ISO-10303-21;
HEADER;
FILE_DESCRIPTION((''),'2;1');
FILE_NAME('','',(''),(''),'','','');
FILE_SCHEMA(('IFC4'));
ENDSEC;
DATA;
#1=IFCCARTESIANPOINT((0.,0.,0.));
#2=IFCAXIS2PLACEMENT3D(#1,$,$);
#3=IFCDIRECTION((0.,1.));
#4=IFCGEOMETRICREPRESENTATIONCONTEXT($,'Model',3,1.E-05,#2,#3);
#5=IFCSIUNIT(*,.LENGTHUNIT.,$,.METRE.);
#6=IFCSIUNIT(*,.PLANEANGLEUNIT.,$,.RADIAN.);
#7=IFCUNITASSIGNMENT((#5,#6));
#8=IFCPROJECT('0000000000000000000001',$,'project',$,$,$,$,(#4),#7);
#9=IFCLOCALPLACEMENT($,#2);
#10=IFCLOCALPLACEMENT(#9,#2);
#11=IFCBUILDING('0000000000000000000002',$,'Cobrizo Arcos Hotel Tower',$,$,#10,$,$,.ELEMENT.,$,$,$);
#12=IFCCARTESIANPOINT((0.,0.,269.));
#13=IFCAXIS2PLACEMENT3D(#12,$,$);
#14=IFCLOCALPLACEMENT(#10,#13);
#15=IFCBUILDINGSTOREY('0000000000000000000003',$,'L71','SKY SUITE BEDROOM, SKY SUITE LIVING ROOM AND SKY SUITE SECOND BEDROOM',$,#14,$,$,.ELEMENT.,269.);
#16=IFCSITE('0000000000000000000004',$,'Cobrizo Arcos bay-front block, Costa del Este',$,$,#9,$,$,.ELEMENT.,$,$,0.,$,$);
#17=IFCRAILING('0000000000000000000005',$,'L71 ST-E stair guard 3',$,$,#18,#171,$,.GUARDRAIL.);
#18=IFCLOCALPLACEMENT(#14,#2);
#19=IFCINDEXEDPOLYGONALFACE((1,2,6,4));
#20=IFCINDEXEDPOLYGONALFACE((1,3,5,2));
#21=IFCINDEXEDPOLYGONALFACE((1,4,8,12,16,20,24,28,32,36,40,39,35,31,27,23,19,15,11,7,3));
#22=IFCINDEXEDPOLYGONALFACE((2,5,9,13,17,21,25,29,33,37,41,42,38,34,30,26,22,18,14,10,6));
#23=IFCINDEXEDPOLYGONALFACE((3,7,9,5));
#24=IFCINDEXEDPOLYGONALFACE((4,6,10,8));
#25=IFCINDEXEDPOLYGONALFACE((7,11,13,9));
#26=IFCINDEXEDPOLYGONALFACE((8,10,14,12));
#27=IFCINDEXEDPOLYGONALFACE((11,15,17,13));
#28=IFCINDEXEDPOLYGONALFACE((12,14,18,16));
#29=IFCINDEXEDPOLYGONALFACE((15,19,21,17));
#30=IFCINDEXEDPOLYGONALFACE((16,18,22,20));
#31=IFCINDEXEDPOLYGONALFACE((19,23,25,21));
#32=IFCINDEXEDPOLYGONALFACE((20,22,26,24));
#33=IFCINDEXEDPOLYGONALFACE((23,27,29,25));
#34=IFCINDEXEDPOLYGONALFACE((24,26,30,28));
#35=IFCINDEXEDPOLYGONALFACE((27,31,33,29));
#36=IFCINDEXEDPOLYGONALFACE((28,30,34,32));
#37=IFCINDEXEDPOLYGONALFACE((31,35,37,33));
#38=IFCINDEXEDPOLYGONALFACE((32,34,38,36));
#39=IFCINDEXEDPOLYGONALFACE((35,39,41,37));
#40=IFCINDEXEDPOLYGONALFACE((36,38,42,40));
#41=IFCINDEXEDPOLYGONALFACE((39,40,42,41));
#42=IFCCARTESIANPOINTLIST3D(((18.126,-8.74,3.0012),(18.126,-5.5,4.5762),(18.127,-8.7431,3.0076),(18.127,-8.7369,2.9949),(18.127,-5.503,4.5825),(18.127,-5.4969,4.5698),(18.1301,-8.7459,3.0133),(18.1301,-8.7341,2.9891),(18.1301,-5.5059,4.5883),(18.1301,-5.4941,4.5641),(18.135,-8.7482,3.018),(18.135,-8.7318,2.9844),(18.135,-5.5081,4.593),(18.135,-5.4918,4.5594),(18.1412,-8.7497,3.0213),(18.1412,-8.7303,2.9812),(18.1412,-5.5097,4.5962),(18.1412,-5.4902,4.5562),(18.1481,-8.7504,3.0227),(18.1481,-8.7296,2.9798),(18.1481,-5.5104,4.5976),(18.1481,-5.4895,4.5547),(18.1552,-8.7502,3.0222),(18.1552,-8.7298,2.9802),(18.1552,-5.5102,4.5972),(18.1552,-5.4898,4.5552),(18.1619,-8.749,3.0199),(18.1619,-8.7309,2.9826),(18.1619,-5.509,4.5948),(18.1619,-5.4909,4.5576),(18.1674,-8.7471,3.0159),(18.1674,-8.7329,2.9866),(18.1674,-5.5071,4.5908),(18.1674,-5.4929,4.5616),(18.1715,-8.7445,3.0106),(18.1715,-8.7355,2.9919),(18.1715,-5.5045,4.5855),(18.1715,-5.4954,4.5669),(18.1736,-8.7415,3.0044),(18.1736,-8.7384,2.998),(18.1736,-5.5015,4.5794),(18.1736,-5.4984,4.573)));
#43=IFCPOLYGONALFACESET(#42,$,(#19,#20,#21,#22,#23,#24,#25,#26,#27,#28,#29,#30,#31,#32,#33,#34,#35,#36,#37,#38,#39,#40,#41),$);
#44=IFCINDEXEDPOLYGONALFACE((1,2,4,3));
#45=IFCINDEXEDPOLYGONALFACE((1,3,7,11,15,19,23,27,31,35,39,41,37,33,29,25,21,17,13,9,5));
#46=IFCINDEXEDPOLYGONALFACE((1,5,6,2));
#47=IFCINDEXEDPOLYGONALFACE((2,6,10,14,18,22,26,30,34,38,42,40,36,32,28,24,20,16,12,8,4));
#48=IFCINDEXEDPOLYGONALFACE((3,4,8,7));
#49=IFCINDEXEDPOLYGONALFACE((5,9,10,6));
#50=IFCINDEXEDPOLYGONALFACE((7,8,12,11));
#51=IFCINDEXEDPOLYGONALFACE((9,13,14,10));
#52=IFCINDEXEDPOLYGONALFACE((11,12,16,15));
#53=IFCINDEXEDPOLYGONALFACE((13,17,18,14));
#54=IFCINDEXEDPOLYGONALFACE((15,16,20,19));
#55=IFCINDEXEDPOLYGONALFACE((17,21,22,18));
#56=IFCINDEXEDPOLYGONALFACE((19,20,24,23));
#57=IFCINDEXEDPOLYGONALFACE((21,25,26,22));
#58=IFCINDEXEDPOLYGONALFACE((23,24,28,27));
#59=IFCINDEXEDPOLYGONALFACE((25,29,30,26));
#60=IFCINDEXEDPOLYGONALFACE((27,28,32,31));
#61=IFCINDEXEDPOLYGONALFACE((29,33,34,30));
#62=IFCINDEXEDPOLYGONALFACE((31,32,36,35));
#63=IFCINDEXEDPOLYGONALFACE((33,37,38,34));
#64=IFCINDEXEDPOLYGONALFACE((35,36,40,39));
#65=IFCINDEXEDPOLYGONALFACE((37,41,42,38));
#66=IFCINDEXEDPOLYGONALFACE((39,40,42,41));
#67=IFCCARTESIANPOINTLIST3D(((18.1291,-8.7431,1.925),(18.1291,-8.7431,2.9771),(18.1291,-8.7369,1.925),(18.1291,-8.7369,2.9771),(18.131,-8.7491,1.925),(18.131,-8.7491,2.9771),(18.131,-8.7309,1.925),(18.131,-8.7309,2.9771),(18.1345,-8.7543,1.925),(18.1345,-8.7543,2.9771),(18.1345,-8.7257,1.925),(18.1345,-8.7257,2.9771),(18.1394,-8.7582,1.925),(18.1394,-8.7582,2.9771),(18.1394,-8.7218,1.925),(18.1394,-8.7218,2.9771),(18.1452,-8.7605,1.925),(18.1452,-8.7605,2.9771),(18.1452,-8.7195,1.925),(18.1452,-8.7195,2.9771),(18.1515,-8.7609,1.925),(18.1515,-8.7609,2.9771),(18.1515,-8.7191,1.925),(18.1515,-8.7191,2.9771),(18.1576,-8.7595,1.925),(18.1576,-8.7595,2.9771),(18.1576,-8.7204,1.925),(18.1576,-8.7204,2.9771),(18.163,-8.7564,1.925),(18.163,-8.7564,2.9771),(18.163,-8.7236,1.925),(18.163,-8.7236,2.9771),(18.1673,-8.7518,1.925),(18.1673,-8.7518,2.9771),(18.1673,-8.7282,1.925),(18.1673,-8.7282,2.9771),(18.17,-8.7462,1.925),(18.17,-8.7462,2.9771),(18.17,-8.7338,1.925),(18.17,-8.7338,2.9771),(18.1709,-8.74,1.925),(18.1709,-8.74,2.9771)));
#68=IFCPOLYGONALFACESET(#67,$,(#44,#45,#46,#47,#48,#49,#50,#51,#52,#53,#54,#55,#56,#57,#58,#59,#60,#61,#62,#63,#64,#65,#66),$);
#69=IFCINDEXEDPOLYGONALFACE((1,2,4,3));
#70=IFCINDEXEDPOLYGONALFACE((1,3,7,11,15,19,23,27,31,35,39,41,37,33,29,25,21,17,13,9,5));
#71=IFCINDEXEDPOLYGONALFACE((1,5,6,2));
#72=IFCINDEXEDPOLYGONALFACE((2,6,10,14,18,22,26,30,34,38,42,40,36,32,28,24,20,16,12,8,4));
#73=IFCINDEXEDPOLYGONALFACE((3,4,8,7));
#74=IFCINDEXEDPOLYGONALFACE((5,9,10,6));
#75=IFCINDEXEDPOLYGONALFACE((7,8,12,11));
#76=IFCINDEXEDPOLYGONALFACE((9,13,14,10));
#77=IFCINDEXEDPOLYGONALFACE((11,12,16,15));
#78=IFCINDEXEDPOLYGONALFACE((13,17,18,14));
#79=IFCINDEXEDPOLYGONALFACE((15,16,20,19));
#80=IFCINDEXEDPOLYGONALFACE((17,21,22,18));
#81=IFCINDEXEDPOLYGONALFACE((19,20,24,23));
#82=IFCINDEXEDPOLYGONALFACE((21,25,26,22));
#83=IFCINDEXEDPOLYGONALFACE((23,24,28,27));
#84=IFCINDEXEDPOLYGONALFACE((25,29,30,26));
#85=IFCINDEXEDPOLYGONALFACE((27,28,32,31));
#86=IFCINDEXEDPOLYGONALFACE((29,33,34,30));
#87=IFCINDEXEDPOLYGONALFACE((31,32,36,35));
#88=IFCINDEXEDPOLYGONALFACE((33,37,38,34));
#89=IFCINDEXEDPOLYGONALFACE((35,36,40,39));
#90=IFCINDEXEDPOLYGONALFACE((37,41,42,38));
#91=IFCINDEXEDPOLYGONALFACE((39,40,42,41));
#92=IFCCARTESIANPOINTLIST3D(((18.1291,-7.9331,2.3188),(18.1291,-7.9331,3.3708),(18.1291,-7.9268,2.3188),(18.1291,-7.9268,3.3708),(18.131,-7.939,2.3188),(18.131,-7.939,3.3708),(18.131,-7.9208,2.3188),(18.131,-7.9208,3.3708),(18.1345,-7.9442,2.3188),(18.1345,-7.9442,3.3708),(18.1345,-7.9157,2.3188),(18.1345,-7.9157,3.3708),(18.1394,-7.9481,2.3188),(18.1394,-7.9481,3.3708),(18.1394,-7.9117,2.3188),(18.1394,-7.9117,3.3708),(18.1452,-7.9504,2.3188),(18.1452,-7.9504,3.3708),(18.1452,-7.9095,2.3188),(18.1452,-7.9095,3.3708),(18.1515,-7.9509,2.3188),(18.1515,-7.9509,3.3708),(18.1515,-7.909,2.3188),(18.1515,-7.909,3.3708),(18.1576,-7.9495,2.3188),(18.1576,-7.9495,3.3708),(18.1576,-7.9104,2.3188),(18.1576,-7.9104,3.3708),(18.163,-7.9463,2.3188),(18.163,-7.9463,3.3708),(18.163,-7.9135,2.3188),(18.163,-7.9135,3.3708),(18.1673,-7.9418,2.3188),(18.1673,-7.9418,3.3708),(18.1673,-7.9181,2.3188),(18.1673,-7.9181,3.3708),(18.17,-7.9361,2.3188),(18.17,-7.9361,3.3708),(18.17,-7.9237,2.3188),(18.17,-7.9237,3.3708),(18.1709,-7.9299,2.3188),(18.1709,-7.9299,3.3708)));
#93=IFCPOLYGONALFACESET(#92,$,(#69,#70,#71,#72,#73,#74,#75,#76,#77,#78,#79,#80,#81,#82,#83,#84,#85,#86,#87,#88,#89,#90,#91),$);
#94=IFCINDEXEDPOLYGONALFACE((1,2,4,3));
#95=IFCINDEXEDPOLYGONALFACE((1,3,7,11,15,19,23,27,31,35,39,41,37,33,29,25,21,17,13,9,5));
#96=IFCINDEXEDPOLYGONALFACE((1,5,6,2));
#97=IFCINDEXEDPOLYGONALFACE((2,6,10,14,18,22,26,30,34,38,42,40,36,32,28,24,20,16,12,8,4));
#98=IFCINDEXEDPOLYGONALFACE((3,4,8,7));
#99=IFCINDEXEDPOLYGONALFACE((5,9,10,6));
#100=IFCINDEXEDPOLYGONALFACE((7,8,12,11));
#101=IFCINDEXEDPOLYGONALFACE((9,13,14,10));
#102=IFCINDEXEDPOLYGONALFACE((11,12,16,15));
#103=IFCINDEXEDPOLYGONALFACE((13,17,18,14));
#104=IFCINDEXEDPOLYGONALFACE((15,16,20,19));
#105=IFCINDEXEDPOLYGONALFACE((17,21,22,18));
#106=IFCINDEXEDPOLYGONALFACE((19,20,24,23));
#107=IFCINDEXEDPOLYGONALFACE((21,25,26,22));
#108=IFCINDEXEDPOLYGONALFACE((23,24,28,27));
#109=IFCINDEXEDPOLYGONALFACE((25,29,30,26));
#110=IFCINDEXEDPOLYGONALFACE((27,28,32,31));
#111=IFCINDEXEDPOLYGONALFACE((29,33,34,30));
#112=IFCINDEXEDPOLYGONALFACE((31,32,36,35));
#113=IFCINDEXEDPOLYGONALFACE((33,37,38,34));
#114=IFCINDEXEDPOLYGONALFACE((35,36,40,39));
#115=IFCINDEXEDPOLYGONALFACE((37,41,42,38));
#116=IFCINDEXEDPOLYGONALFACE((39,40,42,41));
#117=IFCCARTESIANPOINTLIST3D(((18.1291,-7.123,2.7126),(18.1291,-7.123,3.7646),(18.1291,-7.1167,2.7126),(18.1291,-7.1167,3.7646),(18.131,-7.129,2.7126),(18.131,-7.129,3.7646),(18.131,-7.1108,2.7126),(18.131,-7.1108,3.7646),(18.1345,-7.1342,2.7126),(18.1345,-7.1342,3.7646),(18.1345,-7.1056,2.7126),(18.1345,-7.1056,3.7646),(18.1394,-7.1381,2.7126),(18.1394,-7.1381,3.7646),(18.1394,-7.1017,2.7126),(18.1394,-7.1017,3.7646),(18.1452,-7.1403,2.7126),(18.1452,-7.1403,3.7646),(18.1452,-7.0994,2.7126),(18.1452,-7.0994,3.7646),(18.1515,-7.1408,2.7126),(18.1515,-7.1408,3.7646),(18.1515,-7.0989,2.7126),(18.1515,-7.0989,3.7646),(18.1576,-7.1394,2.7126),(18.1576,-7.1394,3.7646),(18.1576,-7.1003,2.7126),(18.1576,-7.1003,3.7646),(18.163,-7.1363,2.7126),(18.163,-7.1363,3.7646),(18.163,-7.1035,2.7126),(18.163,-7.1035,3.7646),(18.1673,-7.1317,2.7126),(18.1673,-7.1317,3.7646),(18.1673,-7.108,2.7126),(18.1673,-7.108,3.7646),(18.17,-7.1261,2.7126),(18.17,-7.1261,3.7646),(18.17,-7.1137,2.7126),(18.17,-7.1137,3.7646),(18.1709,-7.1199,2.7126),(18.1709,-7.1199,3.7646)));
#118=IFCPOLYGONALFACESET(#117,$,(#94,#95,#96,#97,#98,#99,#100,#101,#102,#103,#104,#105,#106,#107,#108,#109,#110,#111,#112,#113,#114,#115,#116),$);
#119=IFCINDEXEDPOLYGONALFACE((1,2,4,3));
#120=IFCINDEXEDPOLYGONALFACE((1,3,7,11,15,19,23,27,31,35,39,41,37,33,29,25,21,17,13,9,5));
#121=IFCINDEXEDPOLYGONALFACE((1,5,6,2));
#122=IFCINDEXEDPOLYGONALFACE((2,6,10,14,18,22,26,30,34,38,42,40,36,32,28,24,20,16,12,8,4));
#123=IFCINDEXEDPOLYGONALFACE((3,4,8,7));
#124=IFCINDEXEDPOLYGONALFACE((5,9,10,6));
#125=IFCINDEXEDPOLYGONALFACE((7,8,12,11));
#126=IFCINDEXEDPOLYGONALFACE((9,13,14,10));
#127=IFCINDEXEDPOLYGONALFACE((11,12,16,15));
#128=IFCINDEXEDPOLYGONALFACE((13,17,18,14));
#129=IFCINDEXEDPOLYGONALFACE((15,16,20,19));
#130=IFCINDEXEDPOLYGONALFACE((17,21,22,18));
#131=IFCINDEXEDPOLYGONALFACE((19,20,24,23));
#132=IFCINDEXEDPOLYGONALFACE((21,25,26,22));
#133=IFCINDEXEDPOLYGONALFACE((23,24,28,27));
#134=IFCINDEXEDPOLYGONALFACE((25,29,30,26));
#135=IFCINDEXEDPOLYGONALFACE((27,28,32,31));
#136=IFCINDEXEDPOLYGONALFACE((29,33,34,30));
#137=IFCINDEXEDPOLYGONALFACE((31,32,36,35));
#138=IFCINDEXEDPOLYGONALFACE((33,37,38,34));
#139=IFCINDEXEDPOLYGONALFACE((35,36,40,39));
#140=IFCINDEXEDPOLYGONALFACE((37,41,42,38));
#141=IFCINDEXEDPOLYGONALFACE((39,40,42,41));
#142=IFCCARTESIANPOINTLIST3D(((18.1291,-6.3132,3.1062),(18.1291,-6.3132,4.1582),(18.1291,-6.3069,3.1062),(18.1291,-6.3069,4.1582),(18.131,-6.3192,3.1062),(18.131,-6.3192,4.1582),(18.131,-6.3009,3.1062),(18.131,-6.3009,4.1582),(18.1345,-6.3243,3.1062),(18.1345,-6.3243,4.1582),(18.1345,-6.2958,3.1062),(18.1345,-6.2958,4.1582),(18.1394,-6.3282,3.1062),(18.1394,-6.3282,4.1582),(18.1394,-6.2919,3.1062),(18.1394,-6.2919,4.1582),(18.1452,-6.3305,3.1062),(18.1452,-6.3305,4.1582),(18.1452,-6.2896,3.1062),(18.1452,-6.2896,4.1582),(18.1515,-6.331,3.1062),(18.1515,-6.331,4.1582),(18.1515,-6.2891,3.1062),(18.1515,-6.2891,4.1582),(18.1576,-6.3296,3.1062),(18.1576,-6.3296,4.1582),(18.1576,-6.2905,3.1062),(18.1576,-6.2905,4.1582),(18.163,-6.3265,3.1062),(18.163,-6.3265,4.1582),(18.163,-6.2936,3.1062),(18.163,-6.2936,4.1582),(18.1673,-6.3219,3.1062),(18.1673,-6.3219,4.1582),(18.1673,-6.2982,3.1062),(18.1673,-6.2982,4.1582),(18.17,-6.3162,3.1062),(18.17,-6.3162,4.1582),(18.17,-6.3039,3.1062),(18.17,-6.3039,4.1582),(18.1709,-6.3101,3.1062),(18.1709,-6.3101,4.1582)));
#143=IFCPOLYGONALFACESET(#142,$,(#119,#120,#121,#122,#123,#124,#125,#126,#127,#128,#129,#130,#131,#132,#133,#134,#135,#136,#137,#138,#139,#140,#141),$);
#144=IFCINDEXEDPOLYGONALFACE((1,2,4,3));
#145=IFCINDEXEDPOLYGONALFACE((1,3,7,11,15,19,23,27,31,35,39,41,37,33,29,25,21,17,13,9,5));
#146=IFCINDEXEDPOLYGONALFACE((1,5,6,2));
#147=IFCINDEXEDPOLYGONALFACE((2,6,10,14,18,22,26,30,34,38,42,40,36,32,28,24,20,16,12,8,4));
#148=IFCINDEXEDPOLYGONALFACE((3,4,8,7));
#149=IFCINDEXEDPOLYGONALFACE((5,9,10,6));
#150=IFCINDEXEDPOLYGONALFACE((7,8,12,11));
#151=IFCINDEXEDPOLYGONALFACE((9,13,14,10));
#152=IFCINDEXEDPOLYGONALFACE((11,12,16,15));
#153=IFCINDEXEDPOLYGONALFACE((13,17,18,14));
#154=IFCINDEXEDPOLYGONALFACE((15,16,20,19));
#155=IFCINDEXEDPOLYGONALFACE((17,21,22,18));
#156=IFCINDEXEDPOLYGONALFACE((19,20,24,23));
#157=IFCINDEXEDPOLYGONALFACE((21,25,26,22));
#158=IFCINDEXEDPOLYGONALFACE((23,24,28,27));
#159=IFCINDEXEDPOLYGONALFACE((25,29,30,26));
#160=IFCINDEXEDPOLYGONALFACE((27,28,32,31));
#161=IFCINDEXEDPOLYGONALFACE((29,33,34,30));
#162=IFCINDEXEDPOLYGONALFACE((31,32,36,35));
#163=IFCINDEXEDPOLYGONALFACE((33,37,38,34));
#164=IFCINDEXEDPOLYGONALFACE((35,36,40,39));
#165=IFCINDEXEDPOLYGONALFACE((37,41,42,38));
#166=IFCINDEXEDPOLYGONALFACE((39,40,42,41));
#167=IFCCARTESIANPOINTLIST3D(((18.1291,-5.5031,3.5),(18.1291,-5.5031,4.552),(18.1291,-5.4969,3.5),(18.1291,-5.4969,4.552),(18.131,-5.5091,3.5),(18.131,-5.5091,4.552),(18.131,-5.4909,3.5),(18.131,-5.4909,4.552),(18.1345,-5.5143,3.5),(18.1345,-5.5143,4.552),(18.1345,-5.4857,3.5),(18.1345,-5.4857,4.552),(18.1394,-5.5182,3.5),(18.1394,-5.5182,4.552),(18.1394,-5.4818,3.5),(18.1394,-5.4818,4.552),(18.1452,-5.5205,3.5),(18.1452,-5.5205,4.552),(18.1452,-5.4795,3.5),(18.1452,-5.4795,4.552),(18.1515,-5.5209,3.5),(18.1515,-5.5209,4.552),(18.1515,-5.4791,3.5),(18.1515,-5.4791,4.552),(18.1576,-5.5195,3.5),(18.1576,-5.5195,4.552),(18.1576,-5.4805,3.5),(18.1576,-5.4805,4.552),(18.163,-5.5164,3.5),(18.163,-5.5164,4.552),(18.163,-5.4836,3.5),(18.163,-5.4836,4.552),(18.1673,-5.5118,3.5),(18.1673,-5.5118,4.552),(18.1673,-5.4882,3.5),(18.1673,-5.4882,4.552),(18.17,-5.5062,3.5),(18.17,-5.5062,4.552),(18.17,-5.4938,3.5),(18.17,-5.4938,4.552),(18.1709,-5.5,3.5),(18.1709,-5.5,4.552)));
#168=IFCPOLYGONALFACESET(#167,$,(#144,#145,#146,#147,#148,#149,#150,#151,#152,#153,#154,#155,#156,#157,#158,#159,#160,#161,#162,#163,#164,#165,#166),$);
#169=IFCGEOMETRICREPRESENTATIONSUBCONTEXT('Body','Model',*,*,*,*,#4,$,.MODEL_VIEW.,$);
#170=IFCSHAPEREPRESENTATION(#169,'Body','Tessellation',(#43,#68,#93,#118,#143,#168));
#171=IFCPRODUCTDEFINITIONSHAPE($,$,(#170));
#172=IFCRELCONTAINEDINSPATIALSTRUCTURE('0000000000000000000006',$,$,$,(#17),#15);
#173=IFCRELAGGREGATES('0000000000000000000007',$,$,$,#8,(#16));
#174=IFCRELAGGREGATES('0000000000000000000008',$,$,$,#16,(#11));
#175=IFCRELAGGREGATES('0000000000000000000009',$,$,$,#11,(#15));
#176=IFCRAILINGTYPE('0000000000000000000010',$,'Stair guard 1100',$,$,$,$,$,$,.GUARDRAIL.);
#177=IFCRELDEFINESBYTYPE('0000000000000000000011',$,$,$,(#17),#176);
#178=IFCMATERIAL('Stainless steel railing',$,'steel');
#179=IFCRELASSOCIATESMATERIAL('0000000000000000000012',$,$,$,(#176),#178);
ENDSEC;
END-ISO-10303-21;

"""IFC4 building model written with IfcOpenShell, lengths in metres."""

from ifc_helpers import new_model, si_unit, direction, frame, origin, origin_2d, place, context, subcontext, project, spatial, circle, extrude, material, type_object, element, save


model = new_model("IFC4")

# Units and contexts
model_context = context("Model", 3, precision=1e-05, world=origin(), true_north=direction((0.0, 1.0)))
body_context = subcontext(model_context, "Body", "Model", "MODEL_VIEW")
ifc_project = project(units=[si_unit("LENGTHUNIT", "METRE"), si_unit("PLANEANGLEUNIT", "RADIAN")], contexts=[model_context])

# Site, building, storey
site_placement = place(None, origin())
site = spatial("IfcSite", under=ifc_project, at=site_placement, Name="Cobrizo Arcos bay-front block, Costa del Este", CompositionType="ELEMENT", RefElevation=0.0)
building_placement = place(site_placement, origin())
building = spatial("IfcBuilding", under=site, at=building_placement, Name="Cobrizo Arcos Hotel Tower", CompositionType="ELEMENT")
storey_placement = place(building_placement, frame((0.0, 0.0, 269.0)))
storey = spatial("IfcBuildingStorey", under=building, at=storey_placement, Name="L71", Description="SKY SUITE BEDROOM, SKY SUITE LIVING ROOM AND SKY SUITE SECOND BEDROOM", CompositionType="ELEMENT", Elevation=269.0)

# Railing
ifc_material_1 = material(Name="Stainless steel railing", Category="steel")
railing_type_1 = type_object("IfcRailingType", Name="Stair guard 1100", PredefinedType="GUARDRAIL", material=ifc_material_1)
railing_1_placement = place(storey_placement, frame((18.1499, -8.74, 1.925)))
element("IfcRailing", 1, at=railing_1_placement, inside=storey, type_object=railing_type_1, Name="L71 ST-E stair guard 3", PredefinedType="GUARDRAIL", context=body_context, shape_type="SweptSolid", body=[
    extrude(circle(Radius=0.0239, at=origin_2d()), frame((0.0, 0.0, 1.0762), z_axis=(0.0, 0.899373, 0.437183), x_axis=(-1.0, 0.0, 0.0)), (0.0, 0.0, 1.0), 3.6025),
    extrude(circle(Radius=0.021, at=origin_2d()), origin(), (0.0, 0.0, 1.0), 1.052),
    extrude(circle(Radius=0.021, at=origin_2d()), frame((0.0, 0.8101, 0.3938)), (0.0, 0.0, 1.0), 1.052),
    extrude(circle(Radius=0.021, at=origin_2d()), frame((0.0, 1.6201, 0.7876)), (0.0, 0.0, 1.0), 1.052),
    extrude(circle(Radius=0.021, at=origin_2d()), frame((0.0, 2.4299, 1.1812)), (0.0, 0.0, 1.0), 1.052),
    extrude(circle(Radius=0.021, at=origin_2d()), frame((0.0, 3.24, 1.575)), (0.0, 0.0, 1.0), 1.052),
])

save(model, "model.ifc")
